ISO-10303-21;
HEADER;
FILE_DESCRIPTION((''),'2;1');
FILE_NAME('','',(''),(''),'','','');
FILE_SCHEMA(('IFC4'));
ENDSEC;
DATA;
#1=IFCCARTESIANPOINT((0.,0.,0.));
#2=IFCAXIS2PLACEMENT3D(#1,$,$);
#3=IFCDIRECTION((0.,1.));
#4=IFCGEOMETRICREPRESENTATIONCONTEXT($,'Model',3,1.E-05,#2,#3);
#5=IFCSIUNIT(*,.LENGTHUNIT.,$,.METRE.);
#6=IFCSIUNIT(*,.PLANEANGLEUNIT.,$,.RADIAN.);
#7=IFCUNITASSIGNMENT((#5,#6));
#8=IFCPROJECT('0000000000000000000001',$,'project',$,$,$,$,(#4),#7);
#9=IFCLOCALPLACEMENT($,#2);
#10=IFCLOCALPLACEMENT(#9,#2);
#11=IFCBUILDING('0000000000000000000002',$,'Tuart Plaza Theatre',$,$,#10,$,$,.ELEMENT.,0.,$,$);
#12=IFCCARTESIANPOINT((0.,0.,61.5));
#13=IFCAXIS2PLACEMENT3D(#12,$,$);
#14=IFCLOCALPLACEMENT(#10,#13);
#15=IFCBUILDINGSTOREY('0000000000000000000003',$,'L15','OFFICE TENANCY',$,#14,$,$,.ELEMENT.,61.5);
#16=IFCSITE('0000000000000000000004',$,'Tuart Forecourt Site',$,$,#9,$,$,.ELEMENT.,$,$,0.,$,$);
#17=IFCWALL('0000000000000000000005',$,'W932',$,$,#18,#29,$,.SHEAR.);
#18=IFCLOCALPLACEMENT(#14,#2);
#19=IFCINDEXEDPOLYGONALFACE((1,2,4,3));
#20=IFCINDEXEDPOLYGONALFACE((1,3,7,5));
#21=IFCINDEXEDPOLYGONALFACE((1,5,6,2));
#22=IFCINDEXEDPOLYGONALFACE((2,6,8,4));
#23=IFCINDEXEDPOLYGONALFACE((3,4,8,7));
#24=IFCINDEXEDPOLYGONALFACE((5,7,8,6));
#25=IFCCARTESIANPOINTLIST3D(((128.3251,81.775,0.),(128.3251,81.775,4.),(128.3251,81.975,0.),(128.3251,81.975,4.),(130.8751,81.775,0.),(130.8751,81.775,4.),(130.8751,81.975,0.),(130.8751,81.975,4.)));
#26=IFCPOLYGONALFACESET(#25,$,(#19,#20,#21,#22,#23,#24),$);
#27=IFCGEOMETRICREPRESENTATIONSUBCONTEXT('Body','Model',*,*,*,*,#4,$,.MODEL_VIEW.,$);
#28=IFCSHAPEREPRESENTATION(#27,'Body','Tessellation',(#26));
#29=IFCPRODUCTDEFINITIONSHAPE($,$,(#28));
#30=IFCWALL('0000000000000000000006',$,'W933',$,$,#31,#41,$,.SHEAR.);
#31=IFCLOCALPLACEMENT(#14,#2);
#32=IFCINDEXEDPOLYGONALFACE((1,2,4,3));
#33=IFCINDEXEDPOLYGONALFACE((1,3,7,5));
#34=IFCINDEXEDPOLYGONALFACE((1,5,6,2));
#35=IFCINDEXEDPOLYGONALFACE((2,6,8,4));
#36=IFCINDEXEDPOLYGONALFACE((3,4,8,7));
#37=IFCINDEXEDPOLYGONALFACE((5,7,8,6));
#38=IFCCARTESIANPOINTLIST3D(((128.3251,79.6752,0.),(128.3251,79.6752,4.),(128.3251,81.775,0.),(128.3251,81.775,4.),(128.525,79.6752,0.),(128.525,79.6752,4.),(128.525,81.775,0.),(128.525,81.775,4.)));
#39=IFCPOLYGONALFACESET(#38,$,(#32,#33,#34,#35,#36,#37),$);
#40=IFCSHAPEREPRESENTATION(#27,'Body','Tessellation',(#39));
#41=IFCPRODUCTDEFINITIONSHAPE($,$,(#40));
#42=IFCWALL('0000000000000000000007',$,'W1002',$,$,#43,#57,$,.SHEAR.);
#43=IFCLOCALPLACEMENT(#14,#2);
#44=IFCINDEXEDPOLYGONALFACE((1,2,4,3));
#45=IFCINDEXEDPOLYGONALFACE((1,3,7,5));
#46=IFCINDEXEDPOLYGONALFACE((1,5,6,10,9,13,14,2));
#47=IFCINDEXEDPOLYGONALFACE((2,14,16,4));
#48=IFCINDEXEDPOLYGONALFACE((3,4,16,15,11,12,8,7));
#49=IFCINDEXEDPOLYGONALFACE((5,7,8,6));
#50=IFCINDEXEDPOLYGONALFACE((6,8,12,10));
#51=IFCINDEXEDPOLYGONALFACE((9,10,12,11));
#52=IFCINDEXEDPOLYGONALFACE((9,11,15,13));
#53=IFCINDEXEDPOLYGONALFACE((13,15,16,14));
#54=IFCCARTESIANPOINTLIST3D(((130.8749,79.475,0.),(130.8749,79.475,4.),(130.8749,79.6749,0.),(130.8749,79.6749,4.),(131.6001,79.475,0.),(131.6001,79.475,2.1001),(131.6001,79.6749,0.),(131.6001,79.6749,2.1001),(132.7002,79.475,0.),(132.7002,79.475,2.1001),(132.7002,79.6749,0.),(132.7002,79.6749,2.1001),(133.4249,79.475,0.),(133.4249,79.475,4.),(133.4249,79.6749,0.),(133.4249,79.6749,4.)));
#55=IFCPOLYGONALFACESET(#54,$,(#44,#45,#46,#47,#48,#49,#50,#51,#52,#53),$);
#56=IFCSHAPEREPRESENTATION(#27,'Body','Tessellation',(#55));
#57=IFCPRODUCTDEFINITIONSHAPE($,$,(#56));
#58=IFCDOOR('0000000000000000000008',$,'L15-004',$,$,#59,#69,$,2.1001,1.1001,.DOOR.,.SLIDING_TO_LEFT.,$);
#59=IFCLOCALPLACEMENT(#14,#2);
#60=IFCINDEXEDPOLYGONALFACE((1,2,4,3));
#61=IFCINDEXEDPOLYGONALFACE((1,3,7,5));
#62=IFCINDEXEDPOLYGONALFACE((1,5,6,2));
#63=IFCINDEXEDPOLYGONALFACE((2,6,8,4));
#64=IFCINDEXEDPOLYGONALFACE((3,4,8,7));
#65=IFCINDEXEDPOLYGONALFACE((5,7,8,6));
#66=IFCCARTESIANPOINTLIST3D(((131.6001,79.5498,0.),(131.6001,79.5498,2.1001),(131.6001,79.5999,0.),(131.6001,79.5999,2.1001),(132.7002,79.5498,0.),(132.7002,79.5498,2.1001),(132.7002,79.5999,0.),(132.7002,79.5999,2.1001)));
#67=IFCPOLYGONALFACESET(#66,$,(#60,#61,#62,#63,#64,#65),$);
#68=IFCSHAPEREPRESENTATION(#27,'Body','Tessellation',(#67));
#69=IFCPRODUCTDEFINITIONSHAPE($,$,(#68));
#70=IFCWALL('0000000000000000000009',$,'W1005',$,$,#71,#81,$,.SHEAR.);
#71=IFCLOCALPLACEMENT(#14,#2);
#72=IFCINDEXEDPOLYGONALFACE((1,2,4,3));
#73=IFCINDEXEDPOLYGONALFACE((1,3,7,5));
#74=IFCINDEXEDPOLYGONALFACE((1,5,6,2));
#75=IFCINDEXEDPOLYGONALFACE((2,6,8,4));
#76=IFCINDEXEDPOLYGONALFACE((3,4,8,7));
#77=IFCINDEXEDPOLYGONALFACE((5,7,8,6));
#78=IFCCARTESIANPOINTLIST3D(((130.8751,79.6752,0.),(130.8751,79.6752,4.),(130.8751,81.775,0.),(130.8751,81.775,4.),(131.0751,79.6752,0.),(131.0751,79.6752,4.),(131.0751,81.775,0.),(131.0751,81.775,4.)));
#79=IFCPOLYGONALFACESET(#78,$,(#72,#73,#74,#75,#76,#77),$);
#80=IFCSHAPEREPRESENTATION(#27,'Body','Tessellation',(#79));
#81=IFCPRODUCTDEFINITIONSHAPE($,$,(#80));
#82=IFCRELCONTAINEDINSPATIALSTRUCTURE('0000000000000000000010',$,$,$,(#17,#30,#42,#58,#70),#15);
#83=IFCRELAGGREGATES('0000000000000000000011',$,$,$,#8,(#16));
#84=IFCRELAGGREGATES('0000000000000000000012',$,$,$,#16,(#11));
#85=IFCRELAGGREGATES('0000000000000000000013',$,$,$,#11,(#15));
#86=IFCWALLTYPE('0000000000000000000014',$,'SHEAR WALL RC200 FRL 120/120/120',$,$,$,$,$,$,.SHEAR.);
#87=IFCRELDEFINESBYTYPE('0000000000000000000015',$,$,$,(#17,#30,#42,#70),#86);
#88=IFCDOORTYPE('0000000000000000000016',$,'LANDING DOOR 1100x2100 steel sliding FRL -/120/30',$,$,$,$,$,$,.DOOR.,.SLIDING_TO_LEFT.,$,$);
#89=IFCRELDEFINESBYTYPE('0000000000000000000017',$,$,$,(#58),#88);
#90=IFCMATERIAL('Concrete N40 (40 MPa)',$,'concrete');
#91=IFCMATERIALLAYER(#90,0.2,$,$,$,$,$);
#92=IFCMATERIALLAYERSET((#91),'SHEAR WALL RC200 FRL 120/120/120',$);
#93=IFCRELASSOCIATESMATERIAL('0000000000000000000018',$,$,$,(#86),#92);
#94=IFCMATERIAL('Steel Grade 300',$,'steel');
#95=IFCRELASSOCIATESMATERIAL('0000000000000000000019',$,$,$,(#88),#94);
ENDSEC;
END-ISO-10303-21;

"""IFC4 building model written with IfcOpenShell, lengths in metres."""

from ifc_helpers import new_model, si_unit, direction, frame, frame_2d, origin, place, context, subcontext, project, spatial, rectangle, extrude, material, layer, layer_set, type_object, element, fill, save


model = new_model("IFC4")

# Units and contexts
model_context = context("Model", 3, precision=1e-05, world=origin(), true_north=direction((0.0, 1.0)))
body_context = subcontext(model_context, "Body", "Model", "MODEL_VIEW")
ifc_project = project(units=[si_unit("LENGTHUNIT", "METRE"), si_unit("PLANEANGLEUNIT", "RADIAN")], contexts=[model_context])

# Site, building, storey
site_placement = place(None, origin())
site = spatial("IfcSite", under=ifc_project, at=site_placement, Name="Tuart Forecourt Site", CompositionType="ELEMENT", RefElevation=0.0)
building_placement = place(site_placement, origin())
building = spatial("IfcBuilding", under=site, at=building_placement, Name="Tuart Plaza Theatre", CompositionType="ELEMENT", ElevationOfRefHeight=0.0)
storey_placement = place(building_placement, frame((0.0, 0.0, 61.5)))
storey = spatial("IfcBuildingStorey", under=building, at=storey_placement, Name="L15", Description="OFFICE TENANCY", CompositionType="ELEMENT", Elevation=61.5)

# Shared definitions
ifc_material_1 = material(Name="Concrete N40 (40 MPa)", Category="concrete")
ifc_layer_1 = layer(ifc_material_1, 0.2)
ifc_layer_set_1 = layer_set([ifc_layer_1], Name="SHEAR WALL RC200 FRL 120/120/120")
wall_type_1 = type_object("IfcWallType", Name="SHEAR WALL RC200 FRL 120/120/120", PredefinedType="SHEAR", material=ifc_layer_set_1)
ifc_material_2 = material(Name="Steel Grade 300", Category="steel")
door_type_1 = type_object("IfcDoorType", Name="LANDING DOOR 1100x2100 steel sliding FRL -/120/30", OperationType="SLIDING_TO_LEFT", PredefinedType="DOOR", material=ifc_material_2)

# Walls
wall_1_placement = place(storey_placement, frame((130.875, 81.875, 0.0), z_axis=(0.0, 0.0, 1.0), x_axis=(-1.0, 0.0, 0.0)))
element("IfcWall", 1, at=wall_1_placement, inside=storey, type_object=wall_type_1, Name="W932", PredefinedType="SHEAR", context=body_context, shape_type="SweptSolid", body=[
    extrude(rectangle(XDim=2.55, YDim=0.2, at=frame_2d((1.2749, 0.0))), origin(), (0.0, 0.0, 1.0), 4.0),
])
wall_2_placement = place(storey_placement, frame((128.425, 81.7749, 0.0), z_axis=(0.0, 0.0, 1.0), x_axis=(0.0, -1.0, 0.0)))
element("IfcWall", 2, at=wall_2_placement, inside=storey, type_object=wall_type_1, Name="W933", PredefinedType="SHEAR", context=body_context, shape_type="SweptSolid", body=[
    extrude(rectangle(XDim=2.0999, YDim=0.2, at=frame_2d((1.0498, 0.0))), origin(), (0.0, 0.0, 1.0), 4.0),
])

# Wall, opening, door
wall_3_placement = place(storey_placement, frame((130.875, 79.575, 0.0), z_axis=(0.0, 0.0, 1.0), x_axis=(1.0, 0.0, 0.0)))
wall_3 = element("IfcWall", 3, at=wall_3_placement, inside=storey, type_object=wall_type_1, Name="W1002", PredefinedType="SHEAR", context=body_context, shape_type="SweptSolid", body=[
    extrude(rectangle(XDim=2.55, YDim=0.2, at=frame_2d((1.2749, 0.0))), origin(), (0.0, 0.0, 1.0), 4.0),
])
opening_1_placement = place(wall_3_placement, frame((0.7251, 0.0, 0.0)))
opening_1 = element("IfcOpeningElement", 4, at=opening_1_placement, cuts=wall_3, PredefinedType="OPENING", context=body_context, shape_type="SweptSolid", body=[
    extrude(rectangle(XDim=1.1001, YDim=2.1001, at=frame_2d((0.55, 1.05))), frame((0.0, 0.1099, 0.0), z_axis=(0.0, -1.0, 0.0), x_axis=(1.0, 0.0, 0.0)), (0.0, 0.0, 1.0), 0.22),
])
door_1_placement = place(opening_1_placement, origin())
door_1 = element("IfcDoor", 5, at=door_1_placement, inside=storey, type_object=door_type_1, Name="L15-004", OperationType="SLIDING_TO_LEFT", OverallHeight=2.1001, OverallWidth=1.1001, PredefinedType="DOOR", context=body_context, shape_type="SweptSolid", body=[
    extrude(rectangle(XDim=1.1001, YDim=2.1001, at=frame_2d((0.55, 1.05))), frame((0.0, 0.0249, 0.0), z_axis=(0.0, -1.0, 0.0), x_axis=(1.0, 0.0, 0.0)), (0.0, 0.0, 1.0), 0.05),
])
fill(opening_1, door_1)

# Wall
wall_4_placement = place(storey_placement, frame((130.9751, 81.7749, 0.0), z_axis=(0.0, 0.0, 1.0), x_axis=(0.0, -1.0, 0.0)))
element("IfcWall", 6, at=wall_4_placement, inside=storey, type_object=wall_type_1, Name="W1005", PredefinedType="SHEAR", context=body_context, shape_type="SweptSolid", body=[
    extrude(rectangle(XDim=2.0999, YDim=0.2, at=frame_2d((1.0498, 0.0))), origin(), (0.0, 0.0, 1.0), 4.0),
])

save(model, "model.ifc")
